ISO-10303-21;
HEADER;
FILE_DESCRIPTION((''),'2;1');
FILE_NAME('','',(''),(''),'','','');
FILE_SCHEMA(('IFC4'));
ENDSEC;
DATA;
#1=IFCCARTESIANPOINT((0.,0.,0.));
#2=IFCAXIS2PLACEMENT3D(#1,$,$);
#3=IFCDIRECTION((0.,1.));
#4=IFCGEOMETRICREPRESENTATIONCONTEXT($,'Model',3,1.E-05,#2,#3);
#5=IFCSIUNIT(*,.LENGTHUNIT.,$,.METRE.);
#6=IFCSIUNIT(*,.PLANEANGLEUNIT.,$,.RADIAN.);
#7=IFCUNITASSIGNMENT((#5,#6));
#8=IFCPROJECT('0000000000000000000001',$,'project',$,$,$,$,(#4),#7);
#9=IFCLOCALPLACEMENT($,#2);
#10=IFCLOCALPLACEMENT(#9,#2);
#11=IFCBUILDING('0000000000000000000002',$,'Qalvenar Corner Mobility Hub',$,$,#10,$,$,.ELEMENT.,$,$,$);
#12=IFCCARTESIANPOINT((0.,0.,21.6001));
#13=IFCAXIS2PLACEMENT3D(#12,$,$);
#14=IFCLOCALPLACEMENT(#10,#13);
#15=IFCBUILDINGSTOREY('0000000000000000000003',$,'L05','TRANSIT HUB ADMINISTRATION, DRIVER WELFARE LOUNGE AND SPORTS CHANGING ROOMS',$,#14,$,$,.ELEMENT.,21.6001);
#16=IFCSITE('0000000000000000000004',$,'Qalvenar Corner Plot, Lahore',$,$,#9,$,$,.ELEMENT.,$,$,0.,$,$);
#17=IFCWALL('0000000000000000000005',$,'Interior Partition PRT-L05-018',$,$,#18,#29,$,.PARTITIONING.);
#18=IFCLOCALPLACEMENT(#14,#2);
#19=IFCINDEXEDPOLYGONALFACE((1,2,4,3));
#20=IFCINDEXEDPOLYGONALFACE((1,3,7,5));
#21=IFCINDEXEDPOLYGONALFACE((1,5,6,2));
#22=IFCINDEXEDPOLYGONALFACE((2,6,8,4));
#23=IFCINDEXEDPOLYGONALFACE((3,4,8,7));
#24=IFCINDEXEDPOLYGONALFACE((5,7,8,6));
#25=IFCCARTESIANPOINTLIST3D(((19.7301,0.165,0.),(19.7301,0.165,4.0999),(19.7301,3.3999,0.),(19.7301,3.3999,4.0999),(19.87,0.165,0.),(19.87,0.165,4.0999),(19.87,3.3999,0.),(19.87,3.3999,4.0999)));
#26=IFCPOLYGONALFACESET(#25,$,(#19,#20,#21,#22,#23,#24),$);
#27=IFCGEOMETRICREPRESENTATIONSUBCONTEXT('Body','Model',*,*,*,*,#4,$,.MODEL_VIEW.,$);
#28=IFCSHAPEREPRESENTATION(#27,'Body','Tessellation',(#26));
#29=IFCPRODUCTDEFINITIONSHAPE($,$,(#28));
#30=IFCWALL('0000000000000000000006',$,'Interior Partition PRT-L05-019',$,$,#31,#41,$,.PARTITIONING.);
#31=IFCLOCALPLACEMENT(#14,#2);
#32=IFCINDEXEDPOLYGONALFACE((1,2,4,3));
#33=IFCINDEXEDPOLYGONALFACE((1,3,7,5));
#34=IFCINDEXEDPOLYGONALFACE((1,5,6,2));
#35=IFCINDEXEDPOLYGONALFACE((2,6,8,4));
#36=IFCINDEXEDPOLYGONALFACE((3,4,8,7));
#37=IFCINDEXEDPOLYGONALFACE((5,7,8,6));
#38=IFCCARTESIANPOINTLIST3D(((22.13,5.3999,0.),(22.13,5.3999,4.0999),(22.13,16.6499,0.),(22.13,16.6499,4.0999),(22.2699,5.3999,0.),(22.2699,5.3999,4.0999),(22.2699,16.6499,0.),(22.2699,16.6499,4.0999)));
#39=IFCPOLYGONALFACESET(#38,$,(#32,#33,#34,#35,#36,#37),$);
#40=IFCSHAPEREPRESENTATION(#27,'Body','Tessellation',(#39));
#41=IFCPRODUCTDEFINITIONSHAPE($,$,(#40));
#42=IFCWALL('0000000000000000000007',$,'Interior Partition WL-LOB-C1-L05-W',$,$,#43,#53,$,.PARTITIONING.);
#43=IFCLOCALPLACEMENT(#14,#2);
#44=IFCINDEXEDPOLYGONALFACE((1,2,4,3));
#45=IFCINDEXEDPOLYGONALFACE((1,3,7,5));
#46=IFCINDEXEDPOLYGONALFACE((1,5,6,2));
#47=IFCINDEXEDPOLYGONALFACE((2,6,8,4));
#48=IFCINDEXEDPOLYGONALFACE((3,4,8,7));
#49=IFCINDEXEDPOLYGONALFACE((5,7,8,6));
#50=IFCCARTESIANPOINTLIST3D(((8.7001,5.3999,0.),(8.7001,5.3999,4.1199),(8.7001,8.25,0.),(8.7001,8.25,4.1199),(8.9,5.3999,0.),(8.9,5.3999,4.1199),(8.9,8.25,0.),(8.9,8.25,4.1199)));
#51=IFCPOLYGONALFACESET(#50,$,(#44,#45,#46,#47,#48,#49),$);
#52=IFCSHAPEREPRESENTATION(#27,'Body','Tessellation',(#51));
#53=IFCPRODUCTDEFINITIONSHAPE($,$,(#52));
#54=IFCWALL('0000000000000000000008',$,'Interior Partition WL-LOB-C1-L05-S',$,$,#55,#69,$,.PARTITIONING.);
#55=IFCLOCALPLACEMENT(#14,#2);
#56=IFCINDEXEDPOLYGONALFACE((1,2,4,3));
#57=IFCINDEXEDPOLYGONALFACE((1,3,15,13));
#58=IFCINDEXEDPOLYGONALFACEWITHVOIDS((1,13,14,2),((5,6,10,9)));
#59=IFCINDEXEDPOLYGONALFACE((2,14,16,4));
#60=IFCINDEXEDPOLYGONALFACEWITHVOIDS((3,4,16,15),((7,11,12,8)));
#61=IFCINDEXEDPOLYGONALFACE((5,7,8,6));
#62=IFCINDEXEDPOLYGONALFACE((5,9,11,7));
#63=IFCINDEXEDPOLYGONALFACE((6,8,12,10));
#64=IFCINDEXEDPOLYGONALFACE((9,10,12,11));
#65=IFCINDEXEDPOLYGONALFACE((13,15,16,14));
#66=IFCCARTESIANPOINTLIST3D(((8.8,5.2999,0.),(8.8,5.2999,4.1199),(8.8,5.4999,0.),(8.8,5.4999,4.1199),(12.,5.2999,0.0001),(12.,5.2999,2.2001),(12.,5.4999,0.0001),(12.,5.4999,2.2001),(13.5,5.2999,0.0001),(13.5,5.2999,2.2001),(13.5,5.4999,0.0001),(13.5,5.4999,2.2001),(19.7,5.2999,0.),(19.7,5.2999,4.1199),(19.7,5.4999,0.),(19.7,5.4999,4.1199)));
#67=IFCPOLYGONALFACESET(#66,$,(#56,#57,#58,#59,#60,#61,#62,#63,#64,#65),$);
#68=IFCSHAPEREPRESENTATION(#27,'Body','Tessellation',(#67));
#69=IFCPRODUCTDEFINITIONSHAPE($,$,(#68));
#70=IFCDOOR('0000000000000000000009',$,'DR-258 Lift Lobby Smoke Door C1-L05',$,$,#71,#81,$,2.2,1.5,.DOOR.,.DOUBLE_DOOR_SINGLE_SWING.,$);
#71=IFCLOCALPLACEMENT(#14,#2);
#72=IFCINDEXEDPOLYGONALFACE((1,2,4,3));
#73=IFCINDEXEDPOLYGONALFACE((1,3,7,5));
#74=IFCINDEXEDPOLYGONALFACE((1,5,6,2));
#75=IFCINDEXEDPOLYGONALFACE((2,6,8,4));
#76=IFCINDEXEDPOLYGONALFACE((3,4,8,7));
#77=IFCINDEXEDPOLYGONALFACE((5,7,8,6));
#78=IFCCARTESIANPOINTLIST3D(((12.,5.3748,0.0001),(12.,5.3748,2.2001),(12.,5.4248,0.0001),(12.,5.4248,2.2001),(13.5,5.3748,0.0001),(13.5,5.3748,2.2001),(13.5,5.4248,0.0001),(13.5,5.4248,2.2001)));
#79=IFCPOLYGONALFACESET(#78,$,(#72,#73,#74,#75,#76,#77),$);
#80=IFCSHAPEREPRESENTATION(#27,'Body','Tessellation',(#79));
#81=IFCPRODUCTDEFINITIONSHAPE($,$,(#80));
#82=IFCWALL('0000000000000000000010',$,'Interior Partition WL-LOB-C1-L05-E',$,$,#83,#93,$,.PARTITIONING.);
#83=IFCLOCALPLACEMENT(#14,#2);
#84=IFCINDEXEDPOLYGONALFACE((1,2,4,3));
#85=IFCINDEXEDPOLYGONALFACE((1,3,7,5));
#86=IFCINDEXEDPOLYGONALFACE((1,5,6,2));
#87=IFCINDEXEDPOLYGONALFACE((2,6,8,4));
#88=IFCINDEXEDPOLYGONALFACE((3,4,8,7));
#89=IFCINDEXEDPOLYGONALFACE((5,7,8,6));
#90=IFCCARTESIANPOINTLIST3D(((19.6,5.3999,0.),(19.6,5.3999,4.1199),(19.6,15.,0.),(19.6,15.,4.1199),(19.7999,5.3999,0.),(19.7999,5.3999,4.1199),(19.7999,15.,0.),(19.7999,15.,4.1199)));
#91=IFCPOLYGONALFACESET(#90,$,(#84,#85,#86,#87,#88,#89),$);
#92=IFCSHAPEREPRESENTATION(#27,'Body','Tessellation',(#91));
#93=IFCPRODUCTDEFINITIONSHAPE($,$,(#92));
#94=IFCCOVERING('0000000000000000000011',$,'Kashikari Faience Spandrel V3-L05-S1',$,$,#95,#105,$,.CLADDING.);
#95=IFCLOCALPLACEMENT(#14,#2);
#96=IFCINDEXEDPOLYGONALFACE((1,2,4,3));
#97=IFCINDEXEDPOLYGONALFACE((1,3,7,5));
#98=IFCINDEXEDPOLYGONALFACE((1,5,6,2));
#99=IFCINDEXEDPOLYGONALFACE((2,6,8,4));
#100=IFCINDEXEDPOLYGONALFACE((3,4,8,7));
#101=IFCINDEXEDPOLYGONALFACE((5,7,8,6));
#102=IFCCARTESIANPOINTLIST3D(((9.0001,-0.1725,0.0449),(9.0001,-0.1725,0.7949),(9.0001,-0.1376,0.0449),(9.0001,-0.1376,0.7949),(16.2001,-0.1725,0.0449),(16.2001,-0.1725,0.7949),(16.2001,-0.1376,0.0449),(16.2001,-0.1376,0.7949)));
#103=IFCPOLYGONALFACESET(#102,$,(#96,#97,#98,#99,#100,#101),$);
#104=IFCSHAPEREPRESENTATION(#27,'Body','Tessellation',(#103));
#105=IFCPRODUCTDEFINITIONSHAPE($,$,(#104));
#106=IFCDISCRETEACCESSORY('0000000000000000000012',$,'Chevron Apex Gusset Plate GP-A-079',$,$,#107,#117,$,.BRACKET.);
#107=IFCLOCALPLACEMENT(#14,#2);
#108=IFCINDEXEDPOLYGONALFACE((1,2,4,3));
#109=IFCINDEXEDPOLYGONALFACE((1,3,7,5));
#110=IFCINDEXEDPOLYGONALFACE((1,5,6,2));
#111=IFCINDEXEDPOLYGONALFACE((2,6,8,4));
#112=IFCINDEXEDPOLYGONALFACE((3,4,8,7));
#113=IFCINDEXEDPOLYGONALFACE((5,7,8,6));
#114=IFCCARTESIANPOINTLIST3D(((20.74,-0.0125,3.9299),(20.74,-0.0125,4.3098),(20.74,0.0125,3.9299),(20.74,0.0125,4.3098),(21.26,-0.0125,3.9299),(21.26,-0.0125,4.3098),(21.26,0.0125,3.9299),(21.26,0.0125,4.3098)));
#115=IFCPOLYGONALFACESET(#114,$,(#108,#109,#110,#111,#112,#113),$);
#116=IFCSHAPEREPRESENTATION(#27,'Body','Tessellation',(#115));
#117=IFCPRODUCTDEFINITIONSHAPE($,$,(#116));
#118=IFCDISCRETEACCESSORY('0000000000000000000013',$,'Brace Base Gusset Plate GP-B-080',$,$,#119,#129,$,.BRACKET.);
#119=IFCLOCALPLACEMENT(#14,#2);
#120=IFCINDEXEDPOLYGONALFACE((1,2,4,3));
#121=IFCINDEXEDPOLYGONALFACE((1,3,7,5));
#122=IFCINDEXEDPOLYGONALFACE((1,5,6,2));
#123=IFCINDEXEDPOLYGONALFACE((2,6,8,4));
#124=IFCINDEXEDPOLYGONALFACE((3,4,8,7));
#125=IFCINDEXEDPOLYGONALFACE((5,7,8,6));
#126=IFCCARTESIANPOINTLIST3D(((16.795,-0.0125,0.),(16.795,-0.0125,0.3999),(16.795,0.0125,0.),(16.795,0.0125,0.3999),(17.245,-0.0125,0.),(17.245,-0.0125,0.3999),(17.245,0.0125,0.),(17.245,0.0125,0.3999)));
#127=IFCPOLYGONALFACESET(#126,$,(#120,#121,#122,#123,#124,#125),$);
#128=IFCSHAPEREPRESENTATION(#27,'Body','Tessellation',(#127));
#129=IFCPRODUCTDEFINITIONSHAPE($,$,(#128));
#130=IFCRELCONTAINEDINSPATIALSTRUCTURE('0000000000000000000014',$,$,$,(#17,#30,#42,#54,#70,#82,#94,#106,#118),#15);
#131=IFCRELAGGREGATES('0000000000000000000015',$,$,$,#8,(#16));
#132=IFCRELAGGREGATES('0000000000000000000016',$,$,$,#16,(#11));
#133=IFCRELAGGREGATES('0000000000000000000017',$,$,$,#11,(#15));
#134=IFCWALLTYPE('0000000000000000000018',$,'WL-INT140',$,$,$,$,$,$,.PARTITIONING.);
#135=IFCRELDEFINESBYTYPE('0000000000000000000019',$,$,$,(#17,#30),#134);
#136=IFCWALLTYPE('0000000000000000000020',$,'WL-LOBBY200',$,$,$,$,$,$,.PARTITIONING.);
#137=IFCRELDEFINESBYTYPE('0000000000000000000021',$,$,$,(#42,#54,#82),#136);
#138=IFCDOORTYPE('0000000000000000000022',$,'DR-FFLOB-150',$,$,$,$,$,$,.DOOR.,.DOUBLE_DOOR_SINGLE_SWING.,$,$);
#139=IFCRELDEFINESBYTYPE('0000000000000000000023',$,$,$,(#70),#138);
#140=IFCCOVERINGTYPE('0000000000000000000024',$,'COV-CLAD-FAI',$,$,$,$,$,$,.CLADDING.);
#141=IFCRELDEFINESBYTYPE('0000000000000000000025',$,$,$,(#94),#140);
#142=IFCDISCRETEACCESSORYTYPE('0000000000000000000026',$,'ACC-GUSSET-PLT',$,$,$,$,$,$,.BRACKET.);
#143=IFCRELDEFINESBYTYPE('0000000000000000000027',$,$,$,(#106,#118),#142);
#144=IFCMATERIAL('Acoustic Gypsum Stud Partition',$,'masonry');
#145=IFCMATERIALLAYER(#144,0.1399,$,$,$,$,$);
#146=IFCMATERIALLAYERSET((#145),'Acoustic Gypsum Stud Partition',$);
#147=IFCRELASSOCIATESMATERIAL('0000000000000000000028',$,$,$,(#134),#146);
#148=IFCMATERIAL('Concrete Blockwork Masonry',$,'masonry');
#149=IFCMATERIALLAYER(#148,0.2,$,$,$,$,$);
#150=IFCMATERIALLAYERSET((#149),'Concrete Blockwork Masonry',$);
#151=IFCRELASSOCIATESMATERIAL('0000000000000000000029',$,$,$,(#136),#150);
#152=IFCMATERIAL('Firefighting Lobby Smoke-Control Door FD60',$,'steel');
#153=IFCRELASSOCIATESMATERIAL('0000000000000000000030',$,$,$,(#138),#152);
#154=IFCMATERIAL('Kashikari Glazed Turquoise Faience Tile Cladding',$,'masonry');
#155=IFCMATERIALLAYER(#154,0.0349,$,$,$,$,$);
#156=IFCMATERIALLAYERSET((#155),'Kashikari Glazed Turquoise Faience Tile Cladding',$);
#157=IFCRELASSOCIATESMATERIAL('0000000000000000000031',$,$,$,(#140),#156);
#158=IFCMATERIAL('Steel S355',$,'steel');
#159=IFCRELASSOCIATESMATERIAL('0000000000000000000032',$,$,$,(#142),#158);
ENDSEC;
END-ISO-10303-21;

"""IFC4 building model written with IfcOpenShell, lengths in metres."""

from ifc_helpers import new_model, si_unit, direction, frame, frame_2d, origin, origin_2d, place, context, subcontext, project, spatial, rectangle, extrude, material, layer, layer_set, type_object, element, fill, save


model = new_model("IFC4")

# Units and contexts
model_context = context("Model", 3, precision=1e-05, world=origin(), true_north=direction((0.0, 1.0)))
body_context = subcontext(model_context, "Body", "Model", "MODEL_VIEW")
ifc_project = project(units=[si_unit("LENGTHUNIT", "METRE"), si_unit("PLANEANGLEUNIT", "RADIAN")], contexts=[model_context])

# Site, building, storey
site_placement = place(None, origin())
site = spatial("IfcSite", under=ifc_project, at=site_placement, Name="Qalvenar Corner Plot, Lahore", CompositionType="ELEMENT", RefElevation=0.0)
building_placement = place(site_placement, origin())
building = spatial("IfcBuilding", under=site, at=building_placement, Name="Qalvenar Corner Mobility Hub", CompositionType="ELEMENT")
storey_placement = place(building_placement, frame((0.0, 0.0, 21.6001)))
storey = spatial("IfcBuildingStorey", under=building, at=storey_placement, Name="L05", Description="TRANSIT HUB ADMINISTRATION, DRIVER WELFARE LOUNGE AND SPORTS CHANGING ROOMS", CompositionType="ELEMENT", Elevation=21.6001)

# Shared definitions
ifc_material_1 = material(Name="Steel S355", Category="steel")

# Shared definitions
ifc_material_2 = material(Name="Acoustic Gypsum Stud Partition", Category="masonry")
ifc_layer_1 = layer(ifc_material_2, 0.1399)
ifc_layer_set_1 = layer_set([ifc_layer_1], Name="Acoustic Gypsum Stud Partition")
wall_type_1 = type_object("IfcWallType", Name="WL-INT140", PredefinedType="PARTITIONING", material=ifc_layer_set_1)

# Walls
wall_1_placement = place(storey_placement, frame((19.8, 0.165, 0.0), z_axis=(0.0, 0.0, 1.0), x_axis=(0.0, 1.0, 0.0)))
element("IfcWall", 1, at=wall_1_placement, inside=storey, type_object=wall_type_1, Name="Interior Partition PRT-L05-018", PredefinedType="PARTITIONING", context=body_context, shape_type="SweptSolid", body=[
    extrude(rectangle(XDim=3.2349, YDim=0.1399, at=frame_2d((1.6174, 0.0))), origin(), (0.0, 0.0, 1.0), 4.0999),
])
wall_2_placement = place(storey_placement, frame((22.2, 5.3999, 0.0), z_axis=(0.0, 0.0, 1.0), x_axis=(0.0, 1.0, 0.0)))
element("IfcWall", 2, at=wall_2_placement, inside=storey, type_object=wall_type_1, Name="Interior Partition PRT-L05-019", PredefinedType="PARTITIONING", context=body_context, shape_type="SweptSolid", body=[
    extrude(rectangle(XDim=11.25, YDim=0.1399, at=frame_2d((5.625, 0.0))), origin(), (0.0, 0.0, 1.0), 4.0999),
])
ifc_material_3 = material(Name="Concrete Blockwork Masonry", Category="masonry")
ifc_layer_2 = layer(ifc_material_3, 0.2)
ifc_layer_set_2 = layer_set([ifc_layer_2], Name="Concrete Blockwork Masonry")
wall_type_2 = type_object("IfcWallType", Name="WL-LOBBY200", PredefinedType="PARTITIONING", material=ifc_layer_set_2)
wall_3_placement = place(storey_placement, frame((8.8, 5.3999, 0.0), z_axis=(0.0, 0.0, 1.0), x_axis=(0.0, 1.0, 0.0)))
element("IfcWall", 3, at=wall_3_placement, inside=storey, type_object=wall_type_2, Name="Interior Partition WL-LOB-C1-L05-W", PredefinedType="PARTITIONING", context=body_context, shape_type="SweptSolid", body=[
    extrude(rectangle(XDim=2.8501, YDim=0.2, at=frame_2d((1.425, 0.0))), origin(), (0.0, 0.0, 1.0), 4.1199),
])

# Wall, opening, door
wall_4_placement = place(storey_placement, frame((8.8, 5.3999, 0.0), z_axis=(0.0, 0.0, 1.0), x_axis=(1.0, 0.0, 0.0)))
wall_4 = element("IfcWall", 4, at=wall_4_placement, inside=storey, type_object=wall_type_2, Name="Interior Partition WL-LOB-C1-L05-S", PredefinedType="PARTITIONING", context=body_context, shape_type="SweptSolid", body=[
    extrude(rectangle(XDim=10.8999, YDim=0.2, at=frame_2d((5.45, 0.0))), origin(), (0.0, 0.0, 1.0), 4.1199),
])
opening_1_placement = place(wall_4_placement, frame((3.2, 0.0, 0.0)))
opening_1 = element("IfcOpeningElement", 5, at=opening_1_placement, cuts=wall_4, PredefinedType="OPENING", context=body_context, shape_type="SweptSolid", body=[
    extrude(rectangle(XDim=1.5, YDim=2.2, at=frame_2d((0.75, 1.1001))), frame((0.0, 0.1099, 0.0), z_axis=(0.0, -1.0, 0.0), x_axis=(1.0, 0.0, 0.0)), (0.0, 0.0, 1.0), 0.22),
])
ifc_material_4 = material(Name="Firefighting Lobby Smoke-Control Door FD60", Category="steel")
door_type_1 = type_object("IfcDoorType", Name="DR-FFLOB-150", OperationType="DOUBLE_DOOR_SINGLE_SWING", PredefinedType="DOOR", material=ifc_material_4)
door_1_placement = place(opening_1_placement, origin())
door_1 = element("IfcDoor", 6, at=door_1_placement, inside=storey, type_object=door_type_1, Name="DR-258 Lift Lobby Smoke Door C1-L05", OperationType="DOUBLE_DOOR_SINGLE_SWING", OverallHeight=2.2, OverallWidth=1.5, PredefinedType="DOOR", context=body_context, shape_type="SweptSolid", body=[
    extrude(rectangle(XDim=1.5, YDim=2.2, at=frame_2d((0.75, 1.1001))), frame((0.0, 0.0249, 0.0), z_axis=(0.0, -1.0, 0.0), x_axis=(1.0, 0.0, 0.0)), (0.0, 0.0, 1.0), 0.05),
])
fill(opening_1, door_1)

# Wall
wall_5_placement = place(storey_placement, frame((19.7, 5.3999, 0.0), z_axis=(0.0, 0.0, 1.0), x_axis=(0.0, 1.0, 0.0)))
element("IfcWall", 7, at=wall_5_placement, inside=storey, type_object=wall_type_2, Name="Interior Partition WL-LOB-C1-L05-E", PredefinedType="PARTITIONING", context=body_context, shape_type="SweptSolid", body=[
    extrude(rectangle(XDim=9.6001, YDim=0.2, at=frame_2d((4.8, 0.0))), origin(), (0.0, 0.0, 1.0), 4.1199),
])

# Covering
ifc_material_5 = material(Name="Kashikari Glazed Turquoise Faience Tile Cladding", Category="masonry")
ifc_layer_3 = layer(ifc_material_5, 0.0349)
ifc_layer_set_3 = layer_set([ifc_layer_3], Name="Kashikari Glazed Turquoise Faience Tile Cladding")
covering_type = type_object("IfcCoveringType", Name="COV-CLAD-FAI", PredefinedType="CLADDING", material=ifc_layer_set_3)
covering_placement = place(storey_placement, frame((12.6001, -0.155, 0.0449), z_axis=(0.0, 0.0, 1.0), x_axis=(1.0, 0.0, 0.0)))
element("IfcCovering", 8, at=covering_placement, inside=storey, type_object=covering_type, Name="Kashikari Faience Spandrel V3-L05-S1", PredefinedType="CLADDING", context=body_context, shape_type="SweptSolid", body=[
    extrude(rectangle(XDim=7.2, YDim=0.0349, at=origin_2d()), origin(), (0.0, 0.0, 1.0), 0.75),
])

# Discrete accessories
discrete_accessory_type = type_object("IfcDiscreteAccessoryType", Name="ACC-GUSSET-PLT", PredefinedType="BRACKET", material=ifc_material_1)
discrete_accessory_1_placement = place(storey_placement, frame((21.0, 0.0, 3.9299), z_axis=(0.0, 0.0, 1.0), x_axis=(1.0, 0.0, 0.0)))
element("IfcDiscreteAccessory", 9, at=discrete_accessory_1_placement, inside=storey, type_object=discrete_accessory_type, Name="Chevron Apex Gusset Plate GP-A-079", PredefinedType="BRACKET", context=body_context, shape_type="SweptSolid", body=[
    extrude(rectangle(XDim=0.52, YDim=0.0249, at=origin_2d()), origin(), (0.0, 0.0, 1.0), 0.3799),
])
discrete_accessory_2_placement = place(storey_placement, frame((17.02, 0.0, 0.0), z_axis=(0.0, 0.0, 1.0), x_axis=(1.0, 0.0, 0.0)))
element("IfcDiscreteAccessory", 10, at=discrete_accessory_2_placement, inside=storey, type_object=discrete_accessory_type, Name="Brace Base Gusset Plate GP-B-080", PredefinedType="BRACKET", context=body_context, shape_type="SweptSolid", body=[
    extrude(rectangle(XDim=0.45, YDim=0.0249, at=origin_2d()), origin(), (0.0, 0.0, 1.0), 0.3999),
])

save(model, "model.ifc")
